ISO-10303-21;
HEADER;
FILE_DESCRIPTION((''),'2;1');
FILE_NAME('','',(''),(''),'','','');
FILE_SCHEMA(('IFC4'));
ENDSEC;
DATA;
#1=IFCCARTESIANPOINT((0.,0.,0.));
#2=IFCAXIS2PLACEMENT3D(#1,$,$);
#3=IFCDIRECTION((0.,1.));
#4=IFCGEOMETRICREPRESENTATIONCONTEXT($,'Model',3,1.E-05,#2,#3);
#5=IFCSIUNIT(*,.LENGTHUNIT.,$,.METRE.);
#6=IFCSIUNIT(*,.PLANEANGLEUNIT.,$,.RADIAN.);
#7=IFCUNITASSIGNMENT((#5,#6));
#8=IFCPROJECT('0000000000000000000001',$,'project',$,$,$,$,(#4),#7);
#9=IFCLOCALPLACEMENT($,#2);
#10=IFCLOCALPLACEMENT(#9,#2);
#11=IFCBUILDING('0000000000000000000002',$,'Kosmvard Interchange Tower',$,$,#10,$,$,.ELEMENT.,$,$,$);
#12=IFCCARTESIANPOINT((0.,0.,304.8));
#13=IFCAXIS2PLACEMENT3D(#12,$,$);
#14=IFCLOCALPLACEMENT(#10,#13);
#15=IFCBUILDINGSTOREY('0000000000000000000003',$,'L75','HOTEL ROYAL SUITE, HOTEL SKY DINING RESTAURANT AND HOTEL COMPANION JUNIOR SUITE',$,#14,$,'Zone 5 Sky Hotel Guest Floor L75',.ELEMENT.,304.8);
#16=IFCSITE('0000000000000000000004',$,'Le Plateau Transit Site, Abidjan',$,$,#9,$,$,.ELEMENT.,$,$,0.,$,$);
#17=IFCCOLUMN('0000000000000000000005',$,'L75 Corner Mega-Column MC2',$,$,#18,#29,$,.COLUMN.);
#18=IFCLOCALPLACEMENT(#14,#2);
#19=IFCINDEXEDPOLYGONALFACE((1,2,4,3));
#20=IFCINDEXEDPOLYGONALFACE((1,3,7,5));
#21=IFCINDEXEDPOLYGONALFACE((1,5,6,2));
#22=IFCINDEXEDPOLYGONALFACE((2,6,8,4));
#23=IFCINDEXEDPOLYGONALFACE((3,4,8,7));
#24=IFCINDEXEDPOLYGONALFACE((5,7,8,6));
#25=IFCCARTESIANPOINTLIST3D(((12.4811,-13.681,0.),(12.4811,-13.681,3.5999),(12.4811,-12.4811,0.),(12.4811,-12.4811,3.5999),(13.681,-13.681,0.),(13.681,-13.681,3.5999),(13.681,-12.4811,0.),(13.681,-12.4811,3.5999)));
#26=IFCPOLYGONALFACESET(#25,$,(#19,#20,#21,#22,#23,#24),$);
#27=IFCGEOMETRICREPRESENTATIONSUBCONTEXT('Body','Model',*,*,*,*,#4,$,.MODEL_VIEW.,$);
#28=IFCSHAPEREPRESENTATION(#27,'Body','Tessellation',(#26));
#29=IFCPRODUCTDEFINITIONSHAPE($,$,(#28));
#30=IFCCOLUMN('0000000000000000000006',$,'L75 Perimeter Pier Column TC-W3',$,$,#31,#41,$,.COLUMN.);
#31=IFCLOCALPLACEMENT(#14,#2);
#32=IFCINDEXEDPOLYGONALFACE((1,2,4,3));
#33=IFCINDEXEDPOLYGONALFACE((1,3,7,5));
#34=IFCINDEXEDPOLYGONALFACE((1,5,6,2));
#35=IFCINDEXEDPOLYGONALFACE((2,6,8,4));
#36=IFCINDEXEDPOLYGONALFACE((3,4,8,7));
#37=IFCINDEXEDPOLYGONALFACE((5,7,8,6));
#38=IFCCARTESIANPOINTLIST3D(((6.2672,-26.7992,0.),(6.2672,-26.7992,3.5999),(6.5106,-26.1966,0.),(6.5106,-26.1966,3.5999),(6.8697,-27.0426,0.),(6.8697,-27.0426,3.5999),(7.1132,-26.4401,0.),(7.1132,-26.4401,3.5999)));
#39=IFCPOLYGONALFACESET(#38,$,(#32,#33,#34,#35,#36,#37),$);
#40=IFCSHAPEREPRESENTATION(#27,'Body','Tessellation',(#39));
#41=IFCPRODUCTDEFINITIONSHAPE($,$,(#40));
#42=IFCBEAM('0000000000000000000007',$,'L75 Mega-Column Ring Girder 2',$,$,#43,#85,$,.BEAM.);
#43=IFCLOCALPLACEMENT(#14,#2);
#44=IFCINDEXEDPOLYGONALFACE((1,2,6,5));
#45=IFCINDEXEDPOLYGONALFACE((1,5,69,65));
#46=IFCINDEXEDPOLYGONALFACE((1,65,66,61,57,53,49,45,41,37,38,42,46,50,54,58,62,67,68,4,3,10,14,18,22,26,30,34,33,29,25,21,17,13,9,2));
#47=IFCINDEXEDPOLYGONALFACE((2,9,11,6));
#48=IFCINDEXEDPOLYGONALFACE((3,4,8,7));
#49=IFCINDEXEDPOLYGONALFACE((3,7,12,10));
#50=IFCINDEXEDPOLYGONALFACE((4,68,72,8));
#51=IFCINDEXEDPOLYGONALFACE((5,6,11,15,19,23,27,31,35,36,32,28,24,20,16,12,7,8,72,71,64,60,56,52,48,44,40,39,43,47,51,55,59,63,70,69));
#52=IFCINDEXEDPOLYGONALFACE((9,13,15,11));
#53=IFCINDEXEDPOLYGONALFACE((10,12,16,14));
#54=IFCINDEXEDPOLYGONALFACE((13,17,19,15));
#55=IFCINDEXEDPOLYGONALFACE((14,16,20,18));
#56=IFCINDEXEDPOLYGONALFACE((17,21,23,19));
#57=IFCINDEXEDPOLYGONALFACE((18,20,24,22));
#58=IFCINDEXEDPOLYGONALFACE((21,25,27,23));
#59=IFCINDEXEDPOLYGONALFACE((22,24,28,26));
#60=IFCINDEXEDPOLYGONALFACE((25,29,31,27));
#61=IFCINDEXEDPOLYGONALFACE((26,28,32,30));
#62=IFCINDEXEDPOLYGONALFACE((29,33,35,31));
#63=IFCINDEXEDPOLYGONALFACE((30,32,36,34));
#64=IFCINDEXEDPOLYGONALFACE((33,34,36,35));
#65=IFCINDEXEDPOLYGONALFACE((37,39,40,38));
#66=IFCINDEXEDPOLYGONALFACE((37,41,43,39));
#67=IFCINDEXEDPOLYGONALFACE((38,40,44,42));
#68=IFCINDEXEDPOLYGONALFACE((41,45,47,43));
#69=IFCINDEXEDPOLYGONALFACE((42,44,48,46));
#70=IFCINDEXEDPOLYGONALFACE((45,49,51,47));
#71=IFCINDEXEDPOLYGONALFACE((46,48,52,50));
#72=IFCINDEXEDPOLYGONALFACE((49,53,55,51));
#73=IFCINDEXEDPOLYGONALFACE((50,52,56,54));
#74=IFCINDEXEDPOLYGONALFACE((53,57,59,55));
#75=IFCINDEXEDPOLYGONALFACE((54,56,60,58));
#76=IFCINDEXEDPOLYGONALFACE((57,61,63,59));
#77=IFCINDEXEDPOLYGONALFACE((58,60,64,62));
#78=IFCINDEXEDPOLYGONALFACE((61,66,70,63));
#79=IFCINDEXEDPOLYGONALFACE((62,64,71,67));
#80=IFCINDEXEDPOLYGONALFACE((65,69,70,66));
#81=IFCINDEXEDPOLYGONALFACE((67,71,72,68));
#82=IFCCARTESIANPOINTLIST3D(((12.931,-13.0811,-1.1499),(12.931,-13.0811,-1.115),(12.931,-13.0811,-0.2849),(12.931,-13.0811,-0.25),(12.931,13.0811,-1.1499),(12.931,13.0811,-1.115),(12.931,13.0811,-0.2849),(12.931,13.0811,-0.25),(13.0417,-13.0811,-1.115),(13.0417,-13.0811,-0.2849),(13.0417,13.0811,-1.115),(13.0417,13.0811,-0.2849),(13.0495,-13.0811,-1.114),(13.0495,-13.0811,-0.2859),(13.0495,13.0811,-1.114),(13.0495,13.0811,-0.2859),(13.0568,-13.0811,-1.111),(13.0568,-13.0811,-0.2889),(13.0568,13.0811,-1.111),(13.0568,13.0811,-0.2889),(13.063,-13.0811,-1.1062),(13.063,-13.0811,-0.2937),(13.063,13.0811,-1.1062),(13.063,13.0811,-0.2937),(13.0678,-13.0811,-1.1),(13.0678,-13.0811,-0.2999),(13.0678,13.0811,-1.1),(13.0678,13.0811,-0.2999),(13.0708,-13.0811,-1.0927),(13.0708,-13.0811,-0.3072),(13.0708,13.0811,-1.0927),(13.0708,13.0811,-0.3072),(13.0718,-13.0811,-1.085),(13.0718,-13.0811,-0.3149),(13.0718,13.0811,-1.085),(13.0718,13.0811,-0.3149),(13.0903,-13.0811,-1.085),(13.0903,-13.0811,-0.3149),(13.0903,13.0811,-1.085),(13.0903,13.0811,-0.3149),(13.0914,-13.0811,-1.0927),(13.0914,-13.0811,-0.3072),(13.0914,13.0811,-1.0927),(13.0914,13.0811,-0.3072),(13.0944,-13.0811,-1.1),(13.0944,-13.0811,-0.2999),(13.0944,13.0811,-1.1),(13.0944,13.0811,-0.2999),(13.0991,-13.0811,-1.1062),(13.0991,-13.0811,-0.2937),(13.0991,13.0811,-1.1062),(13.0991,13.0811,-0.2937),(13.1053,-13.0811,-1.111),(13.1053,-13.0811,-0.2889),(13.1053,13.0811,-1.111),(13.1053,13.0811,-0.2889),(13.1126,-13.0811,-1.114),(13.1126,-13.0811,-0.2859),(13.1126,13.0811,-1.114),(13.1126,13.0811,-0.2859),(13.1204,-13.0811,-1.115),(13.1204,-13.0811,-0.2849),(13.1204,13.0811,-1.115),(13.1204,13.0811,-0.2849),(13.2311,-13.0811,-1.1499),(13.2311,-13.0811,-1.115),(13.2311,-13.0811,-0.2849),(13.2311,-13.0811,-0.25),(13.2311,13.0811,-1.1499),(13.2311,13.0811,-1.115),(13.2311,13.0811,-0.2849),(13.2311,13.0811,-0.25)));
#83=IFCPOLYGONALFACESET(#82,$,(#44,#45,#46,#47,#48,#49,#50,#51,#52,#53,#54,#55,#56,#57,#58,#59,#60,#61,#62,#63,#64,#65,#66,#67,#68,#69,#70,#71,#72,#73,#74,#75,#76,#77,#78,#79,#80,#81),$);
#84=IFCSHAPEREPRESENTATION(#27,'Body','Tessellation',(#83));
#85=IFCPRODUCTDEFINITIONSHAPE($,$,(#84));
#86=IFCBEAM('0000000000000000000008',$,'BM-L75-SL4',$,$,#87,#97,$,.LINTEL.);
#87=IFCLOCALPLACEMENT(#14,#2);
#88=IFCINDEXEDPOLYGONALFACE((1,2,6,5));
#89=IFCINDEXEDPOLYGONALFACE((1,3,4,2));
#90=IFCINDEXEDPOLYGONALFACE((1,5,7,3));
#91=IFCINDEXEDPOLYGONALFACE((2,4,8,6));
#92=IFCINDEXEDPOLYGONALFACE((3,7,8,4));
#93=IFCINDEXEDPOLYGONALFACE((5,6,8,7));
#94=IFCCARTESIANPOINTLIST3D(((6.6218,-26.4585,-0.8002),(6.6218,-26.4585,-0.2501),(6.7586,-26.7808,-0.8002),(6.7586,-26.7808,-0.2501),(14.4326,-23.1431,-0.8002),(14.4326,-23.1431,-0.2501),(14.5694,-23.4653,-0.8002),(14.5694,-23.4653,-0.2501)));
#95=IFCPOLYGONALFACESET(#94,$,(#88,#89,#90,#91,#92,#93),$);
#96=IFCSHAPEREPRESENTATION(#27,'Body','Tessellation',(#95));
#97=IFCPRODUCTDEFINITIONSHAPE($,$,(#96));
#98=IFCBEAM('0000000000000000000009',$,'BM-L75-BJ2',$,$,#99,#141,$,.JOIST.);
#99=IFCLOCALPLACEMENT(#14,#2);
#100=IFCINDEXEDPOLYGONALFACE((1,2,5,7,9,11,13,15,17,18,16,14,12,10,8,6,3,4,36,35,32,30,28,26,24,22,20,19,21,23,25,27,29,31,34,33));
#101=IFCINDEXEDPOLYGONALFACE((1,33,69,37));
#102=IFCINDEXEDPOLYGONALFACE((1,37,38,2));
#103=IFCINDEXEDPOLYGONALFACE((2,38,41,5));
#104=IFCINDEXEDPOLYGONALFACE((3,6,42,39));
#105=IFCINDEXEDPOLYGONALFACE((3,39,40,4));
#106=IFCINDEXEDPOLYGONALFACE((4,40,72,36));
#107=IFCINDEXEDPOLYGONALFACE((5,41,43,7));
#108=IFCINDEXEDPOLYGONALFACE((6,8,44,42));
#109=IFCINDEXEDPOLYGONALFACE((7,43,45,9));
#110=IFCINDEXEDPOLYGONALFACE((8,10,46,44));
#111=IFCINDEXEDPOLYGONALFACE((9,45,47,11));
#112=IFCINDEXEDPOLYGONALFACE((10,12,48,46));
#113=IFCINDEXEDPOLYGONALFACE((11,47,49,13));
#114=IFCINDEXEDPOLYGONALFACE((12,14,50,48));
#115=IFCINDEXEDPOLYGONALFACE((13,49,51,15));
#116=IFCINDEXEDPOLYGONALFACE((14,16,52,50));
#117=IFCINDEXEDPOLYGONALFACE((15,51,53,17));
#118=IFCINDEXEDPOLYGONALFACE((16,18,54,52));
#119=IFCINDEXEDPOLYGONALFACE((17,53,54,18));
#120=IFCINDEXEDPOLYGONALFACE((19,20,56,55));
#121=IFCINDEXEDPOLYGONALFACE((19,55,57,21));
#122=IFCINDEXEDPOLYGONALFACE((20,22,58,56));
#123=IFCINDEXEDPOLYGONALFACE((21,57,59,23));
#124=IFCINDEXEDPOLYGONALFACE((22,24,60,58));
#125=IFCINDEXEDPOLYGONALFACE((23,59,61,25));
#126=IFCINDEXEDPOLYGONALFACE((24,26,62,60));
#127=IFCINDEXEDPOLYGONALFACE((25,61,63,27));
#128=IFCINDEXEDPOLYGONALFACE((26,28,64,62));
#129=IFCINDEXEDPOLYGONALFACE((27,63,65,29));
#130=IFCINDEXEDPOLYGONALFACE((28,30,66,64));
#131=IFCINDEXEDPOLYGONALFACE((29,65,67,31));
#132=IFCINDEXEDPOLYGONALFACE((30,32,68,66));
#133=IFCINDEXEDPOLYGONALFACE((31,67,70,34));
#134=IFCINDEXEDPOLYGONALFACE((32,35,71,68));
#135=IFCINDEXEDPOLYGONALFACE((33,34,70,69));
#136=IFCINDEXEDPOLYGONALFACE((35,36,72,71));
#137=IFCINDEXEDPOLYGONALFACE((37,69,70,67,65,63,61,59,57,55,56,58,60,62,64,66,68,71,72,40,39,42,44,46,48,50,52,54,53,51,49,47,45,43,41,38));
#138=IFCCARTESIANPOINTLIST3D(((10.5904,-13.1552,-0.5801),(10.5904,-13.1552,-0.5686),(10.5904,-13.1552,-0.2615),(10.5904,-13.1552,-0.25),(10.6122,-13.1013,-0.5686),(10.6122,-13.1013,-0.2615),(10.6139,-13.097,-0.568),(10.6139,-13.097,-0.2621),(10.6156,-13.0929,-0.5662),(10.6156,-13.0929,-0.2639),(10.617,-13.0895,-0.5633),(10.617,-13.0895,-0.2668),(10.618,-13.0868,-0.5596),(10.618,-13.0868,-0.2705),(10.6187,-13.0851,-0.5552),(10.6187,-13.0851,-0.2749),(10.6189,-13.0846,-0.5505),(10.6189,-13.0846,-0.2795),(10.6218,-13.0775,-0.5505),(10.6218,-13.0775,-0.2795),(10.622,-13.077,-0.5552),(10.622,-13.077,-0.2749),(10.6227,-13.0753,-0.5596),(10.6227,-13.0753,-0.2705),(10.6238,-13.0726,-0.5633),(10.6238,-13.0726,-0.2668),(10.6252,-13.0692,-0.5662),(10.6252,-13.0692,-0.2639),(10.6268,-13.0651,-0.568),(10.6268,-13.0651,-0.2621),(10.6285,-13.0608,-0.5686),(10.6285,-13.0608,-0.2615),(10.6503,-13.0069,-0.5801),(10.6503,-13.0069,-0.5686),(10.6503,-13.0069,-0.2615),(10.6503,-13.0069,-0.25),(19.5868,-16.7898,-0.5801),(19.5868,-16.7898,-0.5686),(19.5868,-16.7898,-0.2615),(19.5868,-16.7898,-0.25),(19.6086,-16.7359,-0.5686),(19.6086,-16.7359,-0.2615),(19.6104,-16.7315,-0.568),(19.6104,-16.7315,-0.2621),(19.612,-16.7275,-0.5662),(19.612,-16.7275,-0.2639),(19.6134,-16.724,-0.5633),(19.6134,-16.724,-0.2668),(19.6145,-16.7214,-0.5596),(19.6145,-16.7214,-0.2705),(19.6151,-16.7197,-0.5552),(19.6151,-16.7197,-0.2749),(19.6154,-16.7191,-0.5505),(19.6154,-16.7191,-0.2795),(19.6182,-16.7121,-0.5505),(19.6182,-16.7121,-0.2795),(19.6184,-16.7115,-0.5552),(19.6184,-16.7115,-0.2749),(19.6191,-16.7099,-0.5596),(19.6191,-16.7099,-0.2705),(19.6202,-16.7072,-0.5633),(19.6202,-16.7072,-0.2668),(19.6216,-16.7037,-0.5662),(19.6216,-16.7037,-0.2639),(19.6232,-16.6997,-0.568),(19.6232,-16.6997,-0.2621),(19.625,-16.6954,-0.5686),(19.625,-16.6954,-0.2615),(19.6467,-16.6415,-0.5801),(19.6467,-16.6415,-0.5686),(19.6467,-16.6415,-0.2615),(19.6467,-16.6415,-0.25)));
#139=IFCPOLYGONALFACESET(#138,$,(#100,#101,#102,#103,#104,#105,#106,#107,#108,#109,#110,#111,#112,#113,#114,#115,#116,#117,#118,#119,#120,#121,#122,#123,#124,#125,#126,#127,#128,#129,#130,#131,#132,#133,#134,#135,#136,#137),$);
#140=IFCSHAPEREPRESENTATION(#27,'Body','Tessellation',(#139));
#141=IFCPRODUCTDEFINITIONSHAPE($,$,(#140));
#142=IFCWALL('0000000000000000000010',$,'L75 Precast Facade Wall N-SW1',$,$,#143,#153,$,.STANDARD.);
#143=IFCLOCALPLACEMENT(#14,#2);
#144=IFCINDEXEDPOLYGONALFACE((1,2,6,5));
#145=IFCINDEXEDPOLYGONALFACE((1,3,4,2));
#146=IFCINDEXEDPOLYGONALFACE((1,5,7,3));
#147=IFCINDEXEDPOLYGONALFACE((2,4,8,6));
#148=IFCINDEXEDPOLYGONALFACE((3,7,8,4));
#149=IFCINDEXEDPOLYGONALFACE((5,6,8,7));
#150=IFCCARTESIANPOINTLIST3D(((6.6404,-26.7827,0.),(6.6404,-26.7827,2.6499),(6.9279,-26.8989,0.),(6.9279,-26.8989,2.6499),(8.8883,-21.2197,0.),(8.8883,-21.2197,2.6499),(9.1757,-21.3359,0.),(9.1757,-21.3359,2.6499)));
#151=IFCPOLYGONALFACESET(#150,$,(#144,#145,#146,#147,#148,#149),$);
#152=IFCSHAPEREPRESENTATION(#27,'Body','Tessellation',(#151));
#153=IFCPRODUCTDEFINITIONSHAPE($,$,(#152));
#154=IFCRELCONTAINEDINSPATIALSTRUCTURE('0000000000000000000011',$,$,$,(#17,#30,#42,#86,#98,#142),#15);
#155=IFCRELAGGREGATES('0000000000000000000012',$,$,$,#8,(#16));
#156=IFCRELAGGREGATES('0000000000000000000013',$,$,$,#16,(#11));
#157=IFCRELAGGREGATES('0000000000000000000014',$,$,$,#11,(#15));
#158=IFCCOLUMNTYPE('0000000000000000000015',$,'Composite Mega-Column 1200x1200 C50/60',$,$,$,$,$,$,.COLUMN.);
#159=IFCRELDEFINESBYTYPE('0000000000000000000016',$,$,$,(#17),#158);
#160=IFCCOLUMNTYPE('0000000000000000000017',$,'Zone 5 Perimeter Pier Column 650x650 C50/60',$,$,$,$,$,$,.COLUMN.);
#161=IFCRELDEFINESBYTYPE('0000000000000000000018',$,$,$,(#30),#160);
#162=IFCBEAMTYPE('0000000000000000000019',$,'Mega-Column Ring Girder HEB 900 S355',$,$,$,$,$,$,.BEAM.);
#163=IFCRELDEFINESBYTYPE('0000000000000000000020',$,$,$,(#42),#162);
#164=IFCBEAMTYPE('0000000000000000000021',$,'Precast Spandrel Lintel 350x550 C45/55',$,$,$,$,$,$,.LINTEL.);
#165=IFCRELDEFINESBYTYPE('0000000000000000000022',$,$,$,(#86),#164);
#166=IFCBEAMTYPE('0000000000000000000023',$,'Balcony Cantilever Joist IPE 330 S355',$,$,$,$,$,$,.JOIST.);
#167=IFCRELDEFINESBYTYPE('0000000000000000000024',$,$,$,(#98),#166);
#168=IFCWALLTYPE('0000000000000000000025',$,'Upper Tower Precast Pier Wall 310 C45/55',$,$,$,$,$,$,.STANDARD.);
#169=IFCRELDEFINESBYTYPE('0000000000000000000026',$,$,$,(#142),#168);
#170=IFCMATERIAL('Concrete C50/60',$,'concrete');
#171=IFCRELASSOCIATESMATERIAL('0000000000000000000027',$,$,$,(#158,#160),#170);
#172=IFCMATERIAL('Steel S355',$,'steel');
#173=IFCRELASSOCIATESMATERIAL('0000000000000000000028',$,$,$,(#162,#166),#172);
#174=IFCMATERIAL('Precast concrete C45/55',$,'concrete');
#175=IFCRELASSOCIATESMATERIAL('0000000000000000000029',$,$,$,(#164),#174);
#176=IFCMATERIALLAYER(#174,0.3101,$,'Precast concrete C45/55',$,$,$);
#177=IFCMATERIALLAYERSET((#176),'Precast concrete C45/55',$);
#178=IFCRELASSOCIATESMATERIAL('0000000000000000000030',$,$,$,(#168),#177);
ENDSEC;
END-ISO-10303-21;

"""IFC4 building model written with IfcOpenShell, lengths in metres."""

from ifc_helpers import new_model, si_unit, direction, frame, frame_2d, origin, origin_2d, place, context, subcontext, project, spatial, rectangle, i_section, extrude, source, transform, mapped, material, layer, layer_set, material_profile, profile_set, type_object, element, save


model = new_model("IFC4")

# Units and contexts
model_context = context("Model", 3, precision=1e-05, world=origin(), true_north=direction((0.0, 1.0)))
body_context = subcontext(model_context, "Body", "Model", "MODEL_VIEW")
ifc_project = project(units=[si_unit("LENGTHUNIT", "METRE"), si_unit("PLANEANGLEUNIT", "RADIAN")], contexts=[model_context])

# Site, building, storey
site_placement = place(None, origin())
site = spatial("IfcSite", under=ifc_project, at=site_placement, Name="Le Plateau Transit Site, Abidjan", CompositionType="ELEMENT", RefElevation=0.0)
building_placement = place(site_placement, origin())
building = spatial("IfcBuilding", under=site, at=building_placement, Name="Kosmvard Interchange Tower", CompositionType="ELEMENT")
storey_placement = place(building_placement, frame((0.0, 0.0, 304.8)))
storey = spatial("IfcBuildingStorey", under=building, at=storey_placement, Name="L75", Description="HOTEL ROYAL SUITE, HOTEL SKY DINING RESTAURANT AND HOTEL COMPANION JUNIOR SUITE", LongName="Zone 5 Sky Hotel Guest Floor L75", CompositionType="ELEMENT", Elevation=304.8)

# Columns
ifc_material_1 = material(Name="Concrete C50/60", Category="concrete")
ifc_material_profile_1 = material_profile(ifc_material_1, rectangle(XDim=1.2, YDim=1.2, at=origin_2d()), Name="MC 1200x1200")
ifc_profile_set_1 = profile_set([ifc_material_profile_1], Name="Concrete C50/60")
column_type_1 = type_object("IfcColumnType", Name="Composite Mega-Column 1200x1200 C50/60", PredefinedType="COLUMN", material=ifc_profile_set_1)
shared_shape_1 = source(origin(), body_context, "Body", "SweptSolid", [
    extrude(rectangle(XDim=1.2, YDim=1.2, at=origin_2d()), origin(), (0.0, 0.0, 1.0), 3.5999),
])
column_1_placement = place(storey_placement, frame((13.0811, -13.0811, 0.0), z_axis=(0.0, 0.0, 1.0), x_axis=(1.0, 0.0, 0.0)))
element("IfcColumn", 1, at=column_1_placement, inside=storey, type_object=column_type_1, Name="L75 Corner Mega-Column MC2", PredefinedType="COLUMN", context=body_context, shape_type="MappedRepresentation", body=[
    mapped(shared_shape_1, transform((0.0, 0.0, 0.0), scale=1.0)),
])
ifc_material_profile_2 = material_profile(ifc_material_1, rectangle(XDim=0.6499, YDim=0.6499, at=origin_2d()), Name="TC 650x650")
ifc_profile_set_2 = profile_set([ifc_material_profile_2], Name="Concrete C50/60")
column_type_2 = type_object("IfcColumnType", Name="Zone 5 Perimeter Pier Column 650x650 C50/60", PredefinedType="COLUMN", material=ifc_profile_set_2)
shared_shape_2 = source(origin(), body_context, "Body", "SweptSolid", [
    extrude(rectangle(XDim=0.6499, YDim=0.6499, at=origin_2d()), origin(), (0.0, 0.0, 1.0), 3.5999),
])
column_2_placement = place(storey_placement, frame((6.6902, -26.6196, 0.0), z_axis=(0.0, 0.0, 1.0), x_axis=(0.374607, 0.927184, 0.0)))
element("IfcColumn", 2, at=column_2_placement, inside=storey, type_object=column_type_2, Name="L75 Perimeter Pier Column TC-W3", PredefinedType="COLUMN", context=body_context, shape_type="MappedRepresentation", body=[
    mapped(shared_shape_2, transform((0.0, 0.0, 0.0), scale=1.0)),
])

# Beams
ifc_material_2 = material(Name="Steel S355", Category="steel")
ifc_material_profile_3 = material_profile(ifc_material_2, i_section(OverallWidth=0.3, OverallDepth=0.8999, WebThickness=0.0186, FlangeThickness=0.0349, FilletRadius=0.03, at=origin_2d()), Name="HEB 900")
ifc_profile_set_3 = profile_set([ifc_material_profile_3], Name="Steel S355")
beam_type_1 = type_object("IfcBeamType", Name="Mega-Column Ring Girder HEB 900 S355", PredefinedType="BEAM", material=ifc_profile_set_3)
shared_shape_3 = source(origin(), body_context, "Body", "SweptSolid", [
    extrude(i_section(OverallWidth=0.3, OverallDepth=0.8999, WebThickness=0.0186, FlangeThickness=0.0349, FilletRadius=0.03, at=origin_2d()), origin(), (0.0, 0.0, 1.0), 26.1621),
])
beam_1_placement = place(storey_placement, frame((13.0811, -13.0811, -0.7), z_axis=(0.0, 1.0, 0.0), x_axis=(-1.0, 0.0, 0.0)))
element("IfcBeam", 3, at=beam_1_placement, inside=storey, type_object=beam_type_1, Name="L75 Mega-Column Ring Girder 2", PredefinedType="BEAM", context=body_context, shape_type="MappedRepresentation", body=[
    mapped(shared_shape_3, transform((0.0, 0.0, 0.0), scale=1.0)),
])
ifc_material_3 = material(Name="Precast concrete C45/55", Category="concrete")
ifc_material_profile_4 = material_profile(ifc_material_3, rectangle(XDim=0.3501, YDim=0.55, at=origin_2d()), Name="SL 350x550")
ifc_profile_set_4 = profile_set([ifc_material_profile_4], Name="Precast concrete C45/55")
beam_type_2 = type_object("IfcBeamType", Name="Precast Spandrel Lintel 350x550 C45/55", PredefinedType="LINTEL", material=ifc_profile_set_4)
shared_shape_4 = source(origin(), body_context, "Body", "SweptSolid", [
    extrude(rectangle(XDim=0.3501, YDim=0.55, at=origin_2d()), origin(), (0.0, 0.0, 1.0), 8.4854),
])
beam_2_placement = place(storey_placement, frame((6.6902, -26.6196, -0.5251), z_axis=(0.920507, 0.390726, 0.0), x_axis=(-0.390726, 0.920507, 0.0)))
element("IfcBeam", 4, at=beam_2_placement, inside=storey, type_object=beam_type_2, Name="BM-L75-SL4", PredefinedType="LINTEL", context=body_context, shape_type="MappedRepresentation", body=[
    mapped(shared_shape_4, transform((0.0, 0.0, 0.0), scale=1.0)),
])
ifc_material_profile_5 = material_profile(ifc_material_2, i_section(OverallWidth=0.1599, OverallDepth=0.3301, WebThickness=0.0076, FlangeThickness=0.0115, FilletRadius=0.0181, at=origin_2d()), Name="IPE 330")
ifc_profile_set_5 = profile_set([ifc_material_profile_5], Name="Steel S355")
beam_type_3 = type_object("IfcBeamType", Name="Balcony Cantilever Joist IPE 330 S355", PredefinedType="JOIST", material=ifc_profile_set_5)
shared_shape_5 = source(origin(), body_context, "Body", "SweptSolid", [
    extrude(i_section(OverallWidth=0.1599, OverallDepth=0.3301, WebThickness=0.0076, FlangeThickness=0.0115, FilletRadius=0.0181, at=origin_2d()), origin(), (0.0, 0.0, 1.0), 9.7029),
])
beam_3_placement = place(storey_placement, frame((10.6204, -13.0811, -0.415), z_axis=(0.927192, -0.374586, 0.0), x_axis=(0.374586, 0.927192, 0.0)))
element("IfcBeam", 5, at=beam_3_placement, inside=storey, type_object=beam_type_3, Name="BM-L75-BJ2", PredefinedType="JOIST", context=body_context, shape_type="MappedRepresentation", body=[
    mapped(shared_shape_5, transform((0.0, 0.0, 0.0), scale=1.0)),
])

# Wall
ifc_layer_1 = layer(ifc_material_3, 0.3101, Name="Precast concrete C45/55")
ifc_layer_set_1 = layer_set([ifc_layer_1], Name="Precast concrete C45/55")
wall_type_1 = type_object("IfcWallType", Name="Upper Tower Precast Pier Wall 310 C45/55", PredefinedType="STANDARD", material=ifc_layer_set_1)
wall_1_placement = place(storey_placement, frame((6.7842, -26.8408, 0.0), z_axis=(0.0, 0.0, 1.0), x_axis=(0.374637, 0.927172, 0.0)))
element("IfcWall", 6, at=wall_1_placement, inside=storey, type_object=wall_type_1, Name="L75 Precast Facade Wall N-SW1", PredefinedType="STANDARD", context=body_context, shape_type="SweptSolid", body=[
    extrude(rectangle(XDim=6.0, YDim=0.3101, at=frame_2d((3.0, 0.0))), origin(), (0.0, 0.0, 1.0), 2.6499),
])

save(model, "model.ifc")
